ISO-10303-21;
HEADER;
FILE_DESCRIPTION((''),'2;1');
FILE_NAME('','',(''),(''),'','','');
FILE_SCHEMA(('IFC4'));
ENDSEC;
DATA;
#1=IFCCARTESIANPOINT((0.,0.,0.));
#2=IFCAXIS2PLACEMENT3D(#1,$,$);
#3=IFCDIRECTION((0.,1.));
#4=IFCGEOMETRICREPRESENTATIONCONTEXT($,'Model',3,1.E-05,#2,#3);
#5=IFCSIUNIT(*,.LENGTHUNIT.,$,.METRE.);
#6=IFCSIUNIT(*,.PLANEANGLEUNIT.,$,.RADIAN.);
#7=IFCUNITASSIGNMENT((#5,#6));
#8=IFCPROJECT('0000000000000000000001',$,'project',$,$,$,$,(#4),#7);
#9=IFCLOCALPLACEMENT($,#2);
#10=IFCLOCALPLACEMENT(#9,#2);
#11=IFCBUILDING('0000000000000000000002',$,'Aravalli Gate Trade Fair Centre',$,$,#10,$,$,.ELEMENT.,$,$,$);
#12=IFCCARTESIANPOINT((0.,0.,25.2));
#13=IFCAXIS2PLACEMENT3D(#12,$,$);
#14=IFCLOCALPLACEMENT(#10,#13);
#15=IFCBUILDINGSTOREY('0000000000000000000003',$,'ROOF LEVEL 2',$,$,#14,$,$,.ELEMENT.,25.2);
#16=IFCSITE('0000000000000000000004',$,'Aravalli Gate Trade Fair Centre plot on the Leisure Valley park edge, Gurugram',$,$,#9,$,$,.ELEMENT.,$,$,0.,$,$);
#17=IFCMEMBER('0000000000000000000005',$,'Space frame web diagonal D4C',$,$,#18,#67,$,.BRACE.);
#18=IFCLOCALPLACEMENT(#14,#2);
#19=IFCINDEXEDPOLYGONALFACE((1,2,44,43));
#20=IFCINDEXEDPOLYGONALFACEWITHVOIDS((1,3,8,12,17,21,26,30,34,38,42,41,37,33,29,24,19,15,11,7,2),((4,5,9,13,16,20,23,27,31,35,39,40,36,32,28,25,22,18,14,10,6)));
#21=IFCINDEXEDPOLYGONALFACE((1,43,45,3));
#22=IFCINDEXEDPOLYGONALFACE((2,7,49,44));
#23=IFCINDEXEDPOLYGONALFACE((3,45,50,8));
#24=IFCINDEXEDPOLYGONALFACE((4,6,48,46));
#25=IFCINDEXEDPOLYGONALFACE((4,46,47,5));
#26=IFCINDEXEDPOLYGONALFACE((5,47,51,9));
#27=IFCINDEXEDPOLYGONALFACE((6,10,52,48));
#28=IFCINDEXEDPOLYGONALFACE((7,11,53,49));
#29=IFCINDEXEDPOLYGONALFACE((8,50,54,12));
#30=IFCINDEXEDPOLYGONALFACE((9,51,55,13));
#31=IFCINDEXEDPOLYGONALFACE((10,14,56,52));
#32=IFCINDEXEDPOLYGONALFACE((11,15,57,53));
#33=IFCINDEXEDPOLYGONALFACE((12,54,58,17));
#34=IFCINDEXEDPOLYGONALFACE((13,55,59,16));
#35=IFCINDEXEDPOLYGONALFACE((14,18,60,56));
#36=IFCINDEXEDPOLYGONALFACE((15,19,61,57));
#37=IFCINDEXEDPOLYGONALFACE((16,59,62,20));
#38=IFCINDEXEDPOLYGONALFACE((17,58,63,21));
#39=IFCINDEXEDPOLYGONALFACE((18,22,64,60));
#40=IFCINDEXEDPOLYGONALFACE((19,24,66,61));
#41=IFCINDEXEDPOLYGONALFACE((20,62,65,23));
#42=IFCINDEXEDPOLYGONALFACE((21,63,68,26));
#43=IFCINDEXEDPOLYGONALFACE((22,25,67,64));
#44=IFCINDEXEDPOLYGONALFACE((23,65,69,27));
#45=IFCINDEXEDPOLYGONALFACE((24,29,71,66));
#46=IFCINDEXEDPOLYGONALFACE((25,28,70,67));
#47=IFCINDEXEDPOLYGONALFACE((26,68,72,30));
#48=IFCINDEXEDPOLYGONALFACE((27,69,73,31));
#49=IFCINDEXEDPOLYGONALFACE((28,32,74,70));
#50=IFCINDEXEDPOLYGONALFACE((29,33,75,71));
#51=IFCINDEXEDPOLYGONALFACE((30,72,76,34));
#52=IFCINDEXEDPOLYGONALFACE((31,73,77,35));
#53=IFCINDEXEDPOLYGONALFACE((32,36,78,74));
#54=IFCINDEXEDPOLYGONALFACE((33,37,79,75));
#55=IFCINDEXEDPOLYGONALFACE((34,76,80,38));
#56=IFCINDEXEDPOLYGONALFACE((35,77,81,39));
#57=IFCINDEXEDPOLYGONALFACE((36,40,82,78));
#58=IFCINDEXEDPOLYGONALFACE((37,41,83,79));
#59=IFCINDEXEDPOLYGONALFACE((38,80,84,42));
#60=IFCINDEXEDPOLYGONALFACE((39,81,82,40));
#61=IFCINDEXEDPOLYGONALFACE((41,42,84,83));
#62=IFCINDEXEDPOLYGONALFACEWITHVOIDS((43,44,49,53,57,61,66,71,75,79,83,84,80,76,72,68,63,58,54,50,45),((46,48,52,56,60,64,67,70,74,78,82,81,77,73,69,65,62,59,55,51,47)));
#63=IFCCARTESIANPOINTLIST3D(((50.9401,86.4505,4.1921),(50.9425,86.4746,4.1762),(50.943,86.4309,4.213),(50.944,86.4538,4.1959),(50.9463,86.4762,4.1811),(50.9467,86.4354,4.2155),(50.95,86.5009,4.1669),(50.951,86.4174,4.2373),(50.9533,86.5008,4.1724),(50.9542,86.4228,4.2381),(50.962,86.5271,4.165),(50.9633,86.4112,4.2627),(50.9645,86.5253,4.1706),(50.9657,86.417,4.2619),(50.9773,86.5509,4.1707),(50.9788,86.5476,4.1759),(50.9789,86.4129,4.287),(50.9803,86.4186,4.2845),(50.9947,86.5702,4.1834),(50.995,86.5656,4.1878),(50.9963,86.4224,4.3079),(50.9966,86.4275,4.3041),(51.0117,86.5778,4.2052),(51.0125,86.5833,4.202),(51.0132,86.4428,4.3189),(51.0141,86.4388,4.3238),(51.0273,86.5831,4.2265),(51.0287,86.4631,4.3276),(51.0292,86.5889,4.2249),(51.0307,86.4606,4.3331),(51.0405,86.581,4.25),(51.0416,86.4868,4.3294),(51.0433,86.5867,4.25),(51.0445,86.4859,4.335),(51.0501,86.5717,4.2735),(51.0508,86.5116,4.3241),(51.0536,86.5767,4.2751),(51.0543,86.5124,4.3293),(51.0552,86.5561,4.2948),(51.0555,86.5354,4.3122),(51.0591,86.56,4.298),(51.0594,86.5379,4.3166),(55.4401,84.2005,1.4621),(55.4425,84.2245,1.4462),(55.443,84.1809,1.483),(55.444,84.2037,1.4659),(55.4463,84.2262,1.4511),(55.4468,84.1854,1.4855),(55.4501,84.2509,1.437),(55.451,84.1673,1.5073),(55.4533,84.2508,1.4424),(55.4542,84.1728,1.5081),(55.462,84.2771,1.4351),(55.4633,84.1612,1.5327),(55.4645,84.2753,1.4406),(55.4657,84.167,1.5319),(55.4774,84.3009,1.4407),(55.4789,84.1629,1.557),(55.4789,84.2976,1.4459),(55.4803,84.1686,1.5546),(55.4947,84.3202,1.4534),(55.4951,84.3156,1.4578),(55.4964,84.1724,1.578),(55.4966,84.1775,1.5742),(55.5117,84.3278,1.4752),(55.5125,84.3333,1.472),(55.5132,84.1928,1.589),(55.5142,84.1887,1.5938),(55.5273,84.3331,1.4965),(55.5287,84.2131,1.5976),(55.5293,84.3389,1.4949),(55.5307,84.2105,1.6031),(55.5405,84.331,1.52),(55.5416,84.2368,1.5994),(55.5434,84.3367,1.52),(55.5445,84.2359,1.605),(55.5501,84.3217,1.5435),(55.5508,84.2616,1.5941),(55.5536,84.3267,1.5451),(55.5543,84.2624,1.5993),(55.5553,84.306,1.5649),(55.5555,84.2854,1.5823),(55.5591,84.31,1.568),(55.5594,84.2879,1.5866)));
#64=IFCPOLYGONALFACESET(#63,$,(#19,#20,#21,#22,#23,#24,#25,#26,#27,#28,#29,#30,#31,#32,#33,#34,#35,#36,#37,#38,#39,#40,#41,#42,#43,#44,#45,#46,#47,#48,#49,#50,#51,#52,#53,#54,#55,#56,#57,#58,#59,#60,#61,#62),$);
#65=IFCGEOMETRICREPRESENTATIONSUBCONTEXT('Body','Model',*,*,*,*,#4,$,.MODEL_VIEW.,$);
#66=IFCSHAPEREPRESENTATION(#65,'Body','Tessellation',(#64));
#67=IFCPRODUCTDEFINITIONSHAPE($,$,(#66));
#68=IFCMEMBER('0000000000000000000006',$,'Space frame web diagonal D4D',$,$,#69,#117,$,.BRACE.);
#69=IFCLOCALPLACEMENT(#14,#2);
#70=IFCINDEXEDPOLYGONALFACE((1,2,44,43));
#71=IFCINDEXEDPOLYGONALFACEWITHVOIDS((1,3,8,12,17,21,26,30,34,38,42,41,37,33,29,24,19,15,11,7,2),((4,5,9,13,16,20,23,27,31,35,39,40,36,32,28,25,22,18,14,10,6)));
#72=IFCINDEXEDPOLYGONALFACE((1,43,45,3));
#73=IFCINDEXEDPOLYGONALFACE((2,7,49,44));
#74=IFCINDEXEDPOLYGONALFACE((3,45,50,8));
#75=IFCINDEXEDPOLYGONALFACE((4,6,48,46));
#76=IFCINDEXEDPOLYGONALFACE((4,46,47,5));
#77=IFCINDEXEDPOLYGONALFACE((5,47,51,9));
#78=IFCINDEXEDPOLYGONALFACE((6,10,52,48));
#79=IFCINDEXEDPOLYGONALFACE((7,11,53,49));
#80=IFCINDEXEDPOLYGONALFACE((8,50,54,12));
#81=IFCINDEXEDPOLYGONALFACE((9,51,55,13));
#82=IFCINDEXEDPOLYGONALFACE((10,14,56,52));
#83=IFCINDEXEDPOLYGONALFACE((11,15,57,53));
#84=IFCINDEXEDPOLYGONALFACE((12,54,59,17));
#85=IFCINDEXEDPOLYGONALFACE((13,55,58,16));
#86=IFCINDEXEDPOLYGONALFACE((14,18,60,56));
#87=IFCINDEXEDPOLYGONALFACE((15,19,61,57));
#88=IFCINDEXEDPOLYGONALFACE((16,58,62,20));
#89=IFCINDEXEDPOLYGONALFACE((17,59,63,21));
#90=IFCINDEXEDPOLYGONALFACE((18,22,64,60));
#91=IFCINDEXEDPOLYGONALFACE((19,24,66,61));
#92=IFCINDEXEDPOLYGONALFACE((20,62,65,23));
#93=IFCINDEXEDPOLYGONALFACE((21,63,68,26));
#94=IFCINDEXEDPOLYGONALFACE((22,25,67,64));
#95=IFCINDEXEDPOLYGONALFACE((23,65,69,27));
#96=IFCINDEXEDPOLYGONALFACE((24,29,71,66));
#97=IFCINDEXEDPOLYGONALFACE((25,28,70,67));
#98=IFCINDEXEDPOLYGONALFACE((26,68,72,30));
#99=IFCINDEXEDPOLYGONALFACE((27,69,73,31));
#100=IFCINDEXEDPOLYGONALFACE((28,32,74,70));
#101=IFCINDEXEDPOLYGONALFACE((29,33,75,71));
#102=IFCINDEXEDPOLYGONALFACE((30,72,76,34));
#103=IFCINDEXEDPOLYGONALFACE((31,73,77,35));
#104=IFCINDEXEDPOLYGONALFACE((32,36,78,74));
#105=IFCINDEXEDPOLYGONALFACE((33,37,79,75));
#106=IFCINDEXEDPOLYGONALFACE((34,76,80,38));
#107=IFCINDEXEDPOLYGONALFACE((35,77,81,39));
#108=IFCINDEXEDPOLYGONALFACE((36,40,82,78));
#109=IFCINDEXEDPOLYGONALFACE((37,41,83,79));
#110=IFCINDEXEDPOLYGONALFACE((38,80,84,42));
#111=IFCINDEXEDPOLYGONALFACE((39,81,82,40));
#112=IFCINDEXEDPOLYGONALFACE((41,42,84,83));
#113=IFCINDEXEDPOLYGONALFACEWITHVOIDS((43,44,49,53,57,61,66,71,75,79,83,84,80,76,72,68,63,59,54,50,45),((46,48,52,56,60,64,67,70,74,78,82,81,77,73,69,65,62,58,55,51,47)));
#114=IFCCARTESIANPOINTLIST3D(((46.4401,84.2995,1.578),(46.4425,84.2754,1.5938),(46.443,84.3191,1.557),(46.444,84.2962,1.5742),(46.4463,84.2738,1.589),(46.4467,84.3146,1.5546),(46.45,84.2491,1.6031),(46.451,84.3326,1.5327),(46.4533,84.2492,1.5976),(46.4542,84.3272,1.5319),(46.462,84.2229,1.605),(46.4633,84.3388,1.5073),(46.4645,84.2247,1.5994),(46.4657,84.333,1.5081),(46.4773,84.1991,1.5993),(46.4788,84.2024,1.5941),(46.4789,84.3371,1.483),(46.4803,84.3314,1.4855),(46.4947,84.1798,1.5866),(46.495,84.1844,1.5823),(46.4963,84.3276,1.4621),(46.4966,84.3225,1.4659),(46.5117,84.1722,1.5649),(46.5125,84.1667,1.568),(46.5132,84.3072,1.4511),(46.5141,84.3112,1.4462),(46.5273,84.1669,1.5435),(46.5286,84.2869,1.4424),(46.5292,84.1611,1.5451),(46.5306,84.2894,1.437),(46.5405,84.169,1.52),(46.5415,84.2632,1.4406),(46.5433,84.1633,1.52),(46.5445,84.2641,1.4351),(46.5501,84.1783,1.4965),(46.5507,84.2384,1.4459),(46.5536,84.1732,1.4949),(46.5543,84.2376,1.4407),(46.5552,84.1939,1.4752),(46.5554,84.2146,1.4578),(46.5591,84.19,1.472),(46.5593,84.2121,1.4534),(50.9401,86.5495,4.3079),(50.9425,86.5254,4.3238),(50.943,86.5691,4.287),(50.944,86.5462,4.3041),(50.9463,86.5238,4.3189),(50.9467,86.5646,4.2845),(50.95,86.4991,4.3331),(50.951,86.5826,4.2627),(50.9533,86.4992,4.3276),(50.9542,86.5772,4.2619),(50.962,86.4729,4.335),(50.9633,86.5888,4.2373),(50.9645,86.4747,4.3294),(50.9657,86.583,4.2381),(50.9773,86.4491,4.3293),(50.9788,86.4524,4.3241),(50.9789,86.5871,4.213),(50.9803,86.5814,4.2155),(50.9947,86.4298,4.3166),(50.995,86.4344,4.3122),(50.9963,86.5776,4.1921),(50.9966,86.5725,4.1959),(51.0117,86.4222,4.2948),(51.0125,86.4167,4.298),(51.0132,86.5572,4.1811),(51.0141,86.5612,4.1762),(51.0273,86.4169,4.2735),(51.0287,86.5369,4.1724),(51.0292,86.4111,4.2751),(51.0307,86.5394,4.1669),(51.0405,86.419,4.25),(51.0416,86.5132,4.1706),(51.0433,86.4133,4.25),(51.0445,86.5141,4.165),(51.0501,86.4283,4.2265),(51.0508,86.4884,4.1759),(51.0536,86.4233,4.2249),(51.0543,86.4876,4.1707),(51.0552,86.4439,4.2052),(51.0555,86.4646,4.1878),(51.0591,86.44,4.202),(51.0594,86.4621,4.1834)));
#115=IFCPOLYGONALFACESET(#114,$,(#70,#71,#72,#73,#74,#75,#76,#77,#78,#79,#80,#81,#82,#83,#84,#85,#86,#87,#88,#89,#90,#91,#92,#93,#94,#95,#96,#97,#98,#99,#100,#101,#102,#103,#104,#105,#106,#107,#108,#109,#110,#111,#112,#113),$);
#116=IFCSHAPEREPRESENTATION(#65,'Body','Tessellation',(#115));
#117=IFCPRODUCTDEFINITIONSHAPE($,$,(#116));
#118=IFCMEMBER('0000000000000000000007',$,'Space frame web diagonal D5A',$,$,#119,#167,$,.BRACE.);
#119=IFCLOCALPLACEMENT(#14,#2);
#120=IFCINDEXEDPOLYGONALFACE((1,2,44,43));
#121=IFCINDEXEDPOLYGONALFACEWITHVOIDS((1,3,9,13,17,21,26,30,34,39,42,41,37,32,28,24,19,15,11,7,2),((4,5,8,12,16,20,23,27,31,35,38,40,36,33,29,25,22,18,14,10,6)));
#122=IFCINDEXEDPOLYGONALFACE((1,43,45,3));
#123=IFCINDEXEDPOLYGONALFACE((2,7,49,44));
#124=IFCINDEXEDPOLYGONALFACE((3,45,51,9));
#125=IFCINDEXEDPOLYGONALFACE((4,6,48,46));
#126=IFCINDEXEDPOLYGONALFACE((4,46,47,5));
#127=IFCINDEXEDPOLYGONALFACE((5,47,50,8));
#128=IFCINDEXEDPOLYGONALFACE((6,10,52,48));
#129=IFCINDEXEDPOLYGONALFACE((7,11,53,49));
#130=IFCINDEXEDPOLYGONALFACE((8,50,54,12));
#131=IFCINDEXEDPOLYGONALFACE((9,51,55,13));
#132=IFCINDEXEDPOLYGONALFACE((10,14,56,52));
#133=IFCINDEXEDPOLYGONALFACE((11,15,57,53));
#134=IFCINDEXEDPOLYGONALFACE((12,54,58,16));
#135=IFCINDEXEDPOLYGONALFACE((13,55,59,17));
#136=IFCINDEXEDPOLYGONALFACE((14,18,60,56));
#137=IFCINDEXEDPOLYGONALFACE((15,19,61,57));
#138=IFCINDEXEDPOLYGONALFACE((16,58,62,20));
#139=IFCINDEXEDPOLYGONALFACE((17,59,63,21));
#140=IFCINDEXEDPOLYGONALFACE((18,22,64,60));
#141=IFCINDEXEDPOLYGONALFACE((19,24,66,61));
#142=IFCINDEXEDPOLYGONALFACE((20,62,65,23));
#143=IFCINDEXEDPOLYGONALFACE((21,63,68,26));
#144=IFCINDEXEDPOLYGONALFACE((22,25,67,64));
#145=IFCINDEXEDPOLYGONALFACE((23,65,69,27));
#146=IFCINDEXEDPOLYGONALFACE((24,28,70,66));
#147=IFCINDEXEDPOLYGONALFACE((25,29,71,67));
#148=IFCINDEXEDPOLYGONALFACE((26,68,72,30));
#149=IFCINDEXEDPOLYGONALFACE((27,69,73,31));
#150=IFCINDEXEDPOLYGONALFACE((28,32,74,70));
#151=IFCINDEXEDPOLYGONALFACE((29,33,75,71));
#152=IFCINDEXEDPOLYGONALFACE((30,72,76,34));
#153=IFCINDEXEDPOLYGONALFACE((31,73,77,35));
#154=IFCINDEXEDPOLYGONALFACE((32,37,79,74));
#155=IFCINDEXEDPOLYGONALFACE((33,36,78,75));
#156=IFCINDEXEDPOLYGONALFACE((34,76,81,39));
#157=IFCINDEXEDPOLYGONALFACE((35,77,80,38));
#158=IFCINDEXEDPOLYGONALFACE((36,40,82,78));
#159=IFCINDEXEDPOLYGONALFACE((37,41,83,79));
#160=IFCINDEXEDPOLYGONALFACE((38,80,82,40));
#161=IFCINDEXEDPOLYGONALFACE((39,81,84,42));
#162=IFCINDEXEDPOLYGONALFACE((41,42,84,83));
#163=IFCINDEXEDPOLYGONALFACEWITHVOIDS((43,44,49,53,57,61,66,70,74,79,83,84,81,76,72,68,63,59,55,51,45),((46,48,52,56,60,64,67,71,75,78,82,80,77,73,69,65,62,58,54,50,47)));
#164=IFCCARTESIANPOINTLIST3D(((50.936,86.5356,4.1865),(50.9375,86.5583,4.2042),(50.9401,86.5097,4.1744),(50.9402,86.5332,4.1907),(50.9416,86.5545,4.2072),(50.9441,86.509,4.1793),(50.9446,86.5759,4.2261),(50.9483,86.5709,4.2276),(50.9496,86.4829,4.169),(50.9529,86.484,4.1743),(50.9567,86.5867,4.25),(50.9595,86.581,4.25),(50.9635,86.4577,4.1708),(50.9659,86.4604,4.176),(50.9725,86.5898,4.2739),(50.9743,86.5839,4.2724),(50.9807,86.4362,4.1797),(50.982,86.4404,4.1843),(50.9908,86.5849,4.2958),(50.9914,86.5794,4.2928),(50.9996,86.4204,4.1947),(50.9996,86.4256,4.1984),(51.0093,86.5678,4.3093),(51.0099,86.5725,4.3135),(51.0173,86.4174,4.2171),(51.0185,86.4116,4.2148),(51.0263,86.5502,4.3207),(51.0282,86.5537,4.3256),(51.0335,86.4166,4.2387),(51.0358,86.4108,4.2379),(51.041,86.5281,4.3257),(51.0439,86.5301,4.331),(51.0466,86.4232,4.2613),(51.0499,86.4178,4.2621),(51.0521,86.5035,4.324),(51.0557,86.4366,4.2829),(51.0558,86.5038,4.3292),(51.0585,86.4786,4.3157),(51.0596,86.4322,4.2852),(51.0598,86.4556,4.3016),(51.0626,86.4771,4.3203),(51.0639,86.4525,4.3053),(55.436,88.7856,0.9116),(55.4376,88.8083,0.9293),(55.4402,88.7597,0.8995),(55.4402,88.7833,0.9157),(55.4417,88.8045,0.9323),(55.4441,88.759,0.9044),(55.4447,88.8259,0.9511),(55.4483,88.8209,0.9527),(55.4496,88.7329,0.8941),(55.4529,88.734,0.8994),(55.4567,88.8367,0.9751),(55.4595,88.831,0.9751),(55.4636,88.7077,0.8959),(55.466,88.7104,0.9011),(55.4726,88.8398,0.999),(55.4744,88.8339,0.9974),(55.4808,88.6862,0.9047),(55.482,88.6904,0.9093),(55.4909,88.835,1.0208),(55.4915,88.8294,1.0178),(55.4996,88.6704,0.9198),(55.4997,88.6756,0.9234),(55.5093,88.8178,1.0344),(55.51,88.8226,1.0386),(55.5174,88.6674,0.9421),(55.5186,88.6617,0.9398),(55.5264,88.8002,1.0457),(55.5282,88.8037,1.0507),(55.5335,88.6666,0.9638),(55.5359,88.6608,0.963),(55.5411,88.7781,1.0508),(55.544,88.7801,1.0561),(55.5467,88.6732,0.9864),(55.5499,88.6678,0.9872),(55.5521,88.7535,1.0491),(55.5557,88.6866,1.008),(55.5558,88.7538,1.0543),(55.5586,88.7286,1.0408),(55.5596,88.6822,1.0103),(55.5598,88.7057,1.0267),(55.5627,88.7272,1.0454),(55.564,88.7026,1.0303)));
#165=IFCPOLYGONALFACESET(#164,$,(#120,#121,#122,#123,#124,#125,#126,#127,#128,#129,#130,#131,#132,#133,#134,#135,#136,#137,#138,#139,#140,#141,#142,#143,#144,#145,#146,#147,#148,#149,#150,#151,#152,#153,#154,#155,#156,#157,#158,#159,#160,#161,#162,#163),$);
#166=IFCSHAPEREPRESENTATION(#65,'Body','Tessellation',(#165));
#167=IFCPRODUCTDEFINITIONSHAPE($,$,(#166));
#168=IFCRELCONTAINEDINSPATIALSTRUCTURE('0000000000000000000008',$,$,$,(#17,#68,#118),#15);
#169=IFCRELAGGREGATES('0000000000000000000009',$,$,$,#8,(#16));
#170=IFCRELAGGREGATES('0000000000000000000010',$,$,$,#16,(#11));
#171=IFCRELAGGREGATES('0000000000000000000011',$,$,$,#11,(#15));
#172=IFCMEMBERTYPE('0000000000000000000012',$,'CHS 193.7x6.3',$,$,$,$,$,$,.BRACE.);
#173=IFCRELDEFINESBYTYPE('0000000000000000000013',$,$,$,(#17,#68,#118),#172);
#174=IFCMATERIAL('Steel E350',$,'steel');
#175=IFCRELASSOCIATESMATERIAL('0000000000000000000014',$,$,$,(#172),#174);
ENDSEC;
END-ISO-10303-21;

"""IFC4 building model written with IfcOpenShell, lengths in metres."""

from ifc_helpers import new_model, si_unit, direction, frame, origin, origin_2d, place, context, subcontext, project, spatial, hollow_circle, extrude, material, material_profile, profile_set, type_object, element, save


model = new_model("IFC4")

# Units and contexts
model_context = context("Model", 3, precision=1e-05, world=origin(), true_north=direction((0.0, 1.0)))
body_context = subcontext(model_context, "Body", "Model", "MODEL_VIEW")
ifc_project = project(units=[si_unit("LENGTHUNIT", "METRE"), si_unit("PLANEANGLEUNIT", "RADIAN")], contexts=[model_context])

# Site, building, storey
site_placement = place(None, origin())
site = spatial("IfcSite", under=ifc_project, at=site_placement, Name="Aravalli Gate Trade Fair Centre plot on the Leisure Valley park edge, Gurugram", CompositionType="ELEMENT", RefElevation=0.0)
building_placement = place(site_placement, origin())
building = spatial("IfcBuilding", under=site, at=building_placement, Name="Aravalli Gate Trade Fair Centre", CompositionType="ELEMENT")
storey_placement = place(building_placement, frame((0.0, 0.0, 25.2)))
storey = spatial("IfcBuildingStorey", under=building, at=storey_placement, Name="ROOF LEVEL 2", CompositionType="ELEMENT", Elevation=25.2)

# Members
ifc_material_1 = material(Name="Steel E350", Category="steel")
ifc_material_profile_1 = material_profile(ifc_material_1, hollow_circle(Radius=0.0969, WallThickness=0.0063, at=origin_2d()), Name="CHS 193.7x6.3")
ifc_profile_set_1 = profile_set([ifc_material_profile_1], Name="Steel E350")
member_type_1 = type_object("IfcMemberType", Name="CHS 193.7x6.3", PredefinedType="BRACE", material=ifc_profile_set_1)
for number, where, z_axis, x_axis, name in (
    (1, (51.0, 86.5, 4.25), (0.78615, -0.393075, -0.476928), (0.447214, 0.894427, 0.0), "Space frame web diagonal D4C"),
    (2, (51.0, 86.5, 4.25), (-0.78615, -0.393075, -0.476928), (0.447214, -0.894427, 0.0), "Space frame web diagonal D4D"),
):
    element("IfcMember", number, at=place(storey_placement, frame(where, z_axis=z_axis, x_axis=x_axis)), inside=storey, type_object=member_type_1, Name=name, PredefinedType="BRACE", context=body_context, shape_type="SweptSolid", body=[
        extrude(hollow_circle(Radius=0.0969, WallThickness=0.0063, at=origin_2d()), origin(), (0.0, 0.0, 1.0), 5.7241),
    ])
for number, where, z_axis, x_axis, name in (
    (3, (51.0, 86.5, 4.25), (0.74961, 0.374805, -0.545533), (-0.447214, 0.894427, 0.0), "Space frame web diagonal D5A"),
):
    element("IfcMember", number, at=place(storey_placement, frame(where, z_axis=z_axis, x_axis=x_axis)), inside=storey, type_object=member_type_1, Name=name, PredefinedType="BRACE", context=body_context, shape_type="SweptSolid", body=[
        extrude(hollow_circle(Radius=0.0969, WallThickness=0.0063, at=origin_2d()), origin(), (0.0, 0.0, 1.0), 6.0032),
    ])

save(model, "model.ifc")
